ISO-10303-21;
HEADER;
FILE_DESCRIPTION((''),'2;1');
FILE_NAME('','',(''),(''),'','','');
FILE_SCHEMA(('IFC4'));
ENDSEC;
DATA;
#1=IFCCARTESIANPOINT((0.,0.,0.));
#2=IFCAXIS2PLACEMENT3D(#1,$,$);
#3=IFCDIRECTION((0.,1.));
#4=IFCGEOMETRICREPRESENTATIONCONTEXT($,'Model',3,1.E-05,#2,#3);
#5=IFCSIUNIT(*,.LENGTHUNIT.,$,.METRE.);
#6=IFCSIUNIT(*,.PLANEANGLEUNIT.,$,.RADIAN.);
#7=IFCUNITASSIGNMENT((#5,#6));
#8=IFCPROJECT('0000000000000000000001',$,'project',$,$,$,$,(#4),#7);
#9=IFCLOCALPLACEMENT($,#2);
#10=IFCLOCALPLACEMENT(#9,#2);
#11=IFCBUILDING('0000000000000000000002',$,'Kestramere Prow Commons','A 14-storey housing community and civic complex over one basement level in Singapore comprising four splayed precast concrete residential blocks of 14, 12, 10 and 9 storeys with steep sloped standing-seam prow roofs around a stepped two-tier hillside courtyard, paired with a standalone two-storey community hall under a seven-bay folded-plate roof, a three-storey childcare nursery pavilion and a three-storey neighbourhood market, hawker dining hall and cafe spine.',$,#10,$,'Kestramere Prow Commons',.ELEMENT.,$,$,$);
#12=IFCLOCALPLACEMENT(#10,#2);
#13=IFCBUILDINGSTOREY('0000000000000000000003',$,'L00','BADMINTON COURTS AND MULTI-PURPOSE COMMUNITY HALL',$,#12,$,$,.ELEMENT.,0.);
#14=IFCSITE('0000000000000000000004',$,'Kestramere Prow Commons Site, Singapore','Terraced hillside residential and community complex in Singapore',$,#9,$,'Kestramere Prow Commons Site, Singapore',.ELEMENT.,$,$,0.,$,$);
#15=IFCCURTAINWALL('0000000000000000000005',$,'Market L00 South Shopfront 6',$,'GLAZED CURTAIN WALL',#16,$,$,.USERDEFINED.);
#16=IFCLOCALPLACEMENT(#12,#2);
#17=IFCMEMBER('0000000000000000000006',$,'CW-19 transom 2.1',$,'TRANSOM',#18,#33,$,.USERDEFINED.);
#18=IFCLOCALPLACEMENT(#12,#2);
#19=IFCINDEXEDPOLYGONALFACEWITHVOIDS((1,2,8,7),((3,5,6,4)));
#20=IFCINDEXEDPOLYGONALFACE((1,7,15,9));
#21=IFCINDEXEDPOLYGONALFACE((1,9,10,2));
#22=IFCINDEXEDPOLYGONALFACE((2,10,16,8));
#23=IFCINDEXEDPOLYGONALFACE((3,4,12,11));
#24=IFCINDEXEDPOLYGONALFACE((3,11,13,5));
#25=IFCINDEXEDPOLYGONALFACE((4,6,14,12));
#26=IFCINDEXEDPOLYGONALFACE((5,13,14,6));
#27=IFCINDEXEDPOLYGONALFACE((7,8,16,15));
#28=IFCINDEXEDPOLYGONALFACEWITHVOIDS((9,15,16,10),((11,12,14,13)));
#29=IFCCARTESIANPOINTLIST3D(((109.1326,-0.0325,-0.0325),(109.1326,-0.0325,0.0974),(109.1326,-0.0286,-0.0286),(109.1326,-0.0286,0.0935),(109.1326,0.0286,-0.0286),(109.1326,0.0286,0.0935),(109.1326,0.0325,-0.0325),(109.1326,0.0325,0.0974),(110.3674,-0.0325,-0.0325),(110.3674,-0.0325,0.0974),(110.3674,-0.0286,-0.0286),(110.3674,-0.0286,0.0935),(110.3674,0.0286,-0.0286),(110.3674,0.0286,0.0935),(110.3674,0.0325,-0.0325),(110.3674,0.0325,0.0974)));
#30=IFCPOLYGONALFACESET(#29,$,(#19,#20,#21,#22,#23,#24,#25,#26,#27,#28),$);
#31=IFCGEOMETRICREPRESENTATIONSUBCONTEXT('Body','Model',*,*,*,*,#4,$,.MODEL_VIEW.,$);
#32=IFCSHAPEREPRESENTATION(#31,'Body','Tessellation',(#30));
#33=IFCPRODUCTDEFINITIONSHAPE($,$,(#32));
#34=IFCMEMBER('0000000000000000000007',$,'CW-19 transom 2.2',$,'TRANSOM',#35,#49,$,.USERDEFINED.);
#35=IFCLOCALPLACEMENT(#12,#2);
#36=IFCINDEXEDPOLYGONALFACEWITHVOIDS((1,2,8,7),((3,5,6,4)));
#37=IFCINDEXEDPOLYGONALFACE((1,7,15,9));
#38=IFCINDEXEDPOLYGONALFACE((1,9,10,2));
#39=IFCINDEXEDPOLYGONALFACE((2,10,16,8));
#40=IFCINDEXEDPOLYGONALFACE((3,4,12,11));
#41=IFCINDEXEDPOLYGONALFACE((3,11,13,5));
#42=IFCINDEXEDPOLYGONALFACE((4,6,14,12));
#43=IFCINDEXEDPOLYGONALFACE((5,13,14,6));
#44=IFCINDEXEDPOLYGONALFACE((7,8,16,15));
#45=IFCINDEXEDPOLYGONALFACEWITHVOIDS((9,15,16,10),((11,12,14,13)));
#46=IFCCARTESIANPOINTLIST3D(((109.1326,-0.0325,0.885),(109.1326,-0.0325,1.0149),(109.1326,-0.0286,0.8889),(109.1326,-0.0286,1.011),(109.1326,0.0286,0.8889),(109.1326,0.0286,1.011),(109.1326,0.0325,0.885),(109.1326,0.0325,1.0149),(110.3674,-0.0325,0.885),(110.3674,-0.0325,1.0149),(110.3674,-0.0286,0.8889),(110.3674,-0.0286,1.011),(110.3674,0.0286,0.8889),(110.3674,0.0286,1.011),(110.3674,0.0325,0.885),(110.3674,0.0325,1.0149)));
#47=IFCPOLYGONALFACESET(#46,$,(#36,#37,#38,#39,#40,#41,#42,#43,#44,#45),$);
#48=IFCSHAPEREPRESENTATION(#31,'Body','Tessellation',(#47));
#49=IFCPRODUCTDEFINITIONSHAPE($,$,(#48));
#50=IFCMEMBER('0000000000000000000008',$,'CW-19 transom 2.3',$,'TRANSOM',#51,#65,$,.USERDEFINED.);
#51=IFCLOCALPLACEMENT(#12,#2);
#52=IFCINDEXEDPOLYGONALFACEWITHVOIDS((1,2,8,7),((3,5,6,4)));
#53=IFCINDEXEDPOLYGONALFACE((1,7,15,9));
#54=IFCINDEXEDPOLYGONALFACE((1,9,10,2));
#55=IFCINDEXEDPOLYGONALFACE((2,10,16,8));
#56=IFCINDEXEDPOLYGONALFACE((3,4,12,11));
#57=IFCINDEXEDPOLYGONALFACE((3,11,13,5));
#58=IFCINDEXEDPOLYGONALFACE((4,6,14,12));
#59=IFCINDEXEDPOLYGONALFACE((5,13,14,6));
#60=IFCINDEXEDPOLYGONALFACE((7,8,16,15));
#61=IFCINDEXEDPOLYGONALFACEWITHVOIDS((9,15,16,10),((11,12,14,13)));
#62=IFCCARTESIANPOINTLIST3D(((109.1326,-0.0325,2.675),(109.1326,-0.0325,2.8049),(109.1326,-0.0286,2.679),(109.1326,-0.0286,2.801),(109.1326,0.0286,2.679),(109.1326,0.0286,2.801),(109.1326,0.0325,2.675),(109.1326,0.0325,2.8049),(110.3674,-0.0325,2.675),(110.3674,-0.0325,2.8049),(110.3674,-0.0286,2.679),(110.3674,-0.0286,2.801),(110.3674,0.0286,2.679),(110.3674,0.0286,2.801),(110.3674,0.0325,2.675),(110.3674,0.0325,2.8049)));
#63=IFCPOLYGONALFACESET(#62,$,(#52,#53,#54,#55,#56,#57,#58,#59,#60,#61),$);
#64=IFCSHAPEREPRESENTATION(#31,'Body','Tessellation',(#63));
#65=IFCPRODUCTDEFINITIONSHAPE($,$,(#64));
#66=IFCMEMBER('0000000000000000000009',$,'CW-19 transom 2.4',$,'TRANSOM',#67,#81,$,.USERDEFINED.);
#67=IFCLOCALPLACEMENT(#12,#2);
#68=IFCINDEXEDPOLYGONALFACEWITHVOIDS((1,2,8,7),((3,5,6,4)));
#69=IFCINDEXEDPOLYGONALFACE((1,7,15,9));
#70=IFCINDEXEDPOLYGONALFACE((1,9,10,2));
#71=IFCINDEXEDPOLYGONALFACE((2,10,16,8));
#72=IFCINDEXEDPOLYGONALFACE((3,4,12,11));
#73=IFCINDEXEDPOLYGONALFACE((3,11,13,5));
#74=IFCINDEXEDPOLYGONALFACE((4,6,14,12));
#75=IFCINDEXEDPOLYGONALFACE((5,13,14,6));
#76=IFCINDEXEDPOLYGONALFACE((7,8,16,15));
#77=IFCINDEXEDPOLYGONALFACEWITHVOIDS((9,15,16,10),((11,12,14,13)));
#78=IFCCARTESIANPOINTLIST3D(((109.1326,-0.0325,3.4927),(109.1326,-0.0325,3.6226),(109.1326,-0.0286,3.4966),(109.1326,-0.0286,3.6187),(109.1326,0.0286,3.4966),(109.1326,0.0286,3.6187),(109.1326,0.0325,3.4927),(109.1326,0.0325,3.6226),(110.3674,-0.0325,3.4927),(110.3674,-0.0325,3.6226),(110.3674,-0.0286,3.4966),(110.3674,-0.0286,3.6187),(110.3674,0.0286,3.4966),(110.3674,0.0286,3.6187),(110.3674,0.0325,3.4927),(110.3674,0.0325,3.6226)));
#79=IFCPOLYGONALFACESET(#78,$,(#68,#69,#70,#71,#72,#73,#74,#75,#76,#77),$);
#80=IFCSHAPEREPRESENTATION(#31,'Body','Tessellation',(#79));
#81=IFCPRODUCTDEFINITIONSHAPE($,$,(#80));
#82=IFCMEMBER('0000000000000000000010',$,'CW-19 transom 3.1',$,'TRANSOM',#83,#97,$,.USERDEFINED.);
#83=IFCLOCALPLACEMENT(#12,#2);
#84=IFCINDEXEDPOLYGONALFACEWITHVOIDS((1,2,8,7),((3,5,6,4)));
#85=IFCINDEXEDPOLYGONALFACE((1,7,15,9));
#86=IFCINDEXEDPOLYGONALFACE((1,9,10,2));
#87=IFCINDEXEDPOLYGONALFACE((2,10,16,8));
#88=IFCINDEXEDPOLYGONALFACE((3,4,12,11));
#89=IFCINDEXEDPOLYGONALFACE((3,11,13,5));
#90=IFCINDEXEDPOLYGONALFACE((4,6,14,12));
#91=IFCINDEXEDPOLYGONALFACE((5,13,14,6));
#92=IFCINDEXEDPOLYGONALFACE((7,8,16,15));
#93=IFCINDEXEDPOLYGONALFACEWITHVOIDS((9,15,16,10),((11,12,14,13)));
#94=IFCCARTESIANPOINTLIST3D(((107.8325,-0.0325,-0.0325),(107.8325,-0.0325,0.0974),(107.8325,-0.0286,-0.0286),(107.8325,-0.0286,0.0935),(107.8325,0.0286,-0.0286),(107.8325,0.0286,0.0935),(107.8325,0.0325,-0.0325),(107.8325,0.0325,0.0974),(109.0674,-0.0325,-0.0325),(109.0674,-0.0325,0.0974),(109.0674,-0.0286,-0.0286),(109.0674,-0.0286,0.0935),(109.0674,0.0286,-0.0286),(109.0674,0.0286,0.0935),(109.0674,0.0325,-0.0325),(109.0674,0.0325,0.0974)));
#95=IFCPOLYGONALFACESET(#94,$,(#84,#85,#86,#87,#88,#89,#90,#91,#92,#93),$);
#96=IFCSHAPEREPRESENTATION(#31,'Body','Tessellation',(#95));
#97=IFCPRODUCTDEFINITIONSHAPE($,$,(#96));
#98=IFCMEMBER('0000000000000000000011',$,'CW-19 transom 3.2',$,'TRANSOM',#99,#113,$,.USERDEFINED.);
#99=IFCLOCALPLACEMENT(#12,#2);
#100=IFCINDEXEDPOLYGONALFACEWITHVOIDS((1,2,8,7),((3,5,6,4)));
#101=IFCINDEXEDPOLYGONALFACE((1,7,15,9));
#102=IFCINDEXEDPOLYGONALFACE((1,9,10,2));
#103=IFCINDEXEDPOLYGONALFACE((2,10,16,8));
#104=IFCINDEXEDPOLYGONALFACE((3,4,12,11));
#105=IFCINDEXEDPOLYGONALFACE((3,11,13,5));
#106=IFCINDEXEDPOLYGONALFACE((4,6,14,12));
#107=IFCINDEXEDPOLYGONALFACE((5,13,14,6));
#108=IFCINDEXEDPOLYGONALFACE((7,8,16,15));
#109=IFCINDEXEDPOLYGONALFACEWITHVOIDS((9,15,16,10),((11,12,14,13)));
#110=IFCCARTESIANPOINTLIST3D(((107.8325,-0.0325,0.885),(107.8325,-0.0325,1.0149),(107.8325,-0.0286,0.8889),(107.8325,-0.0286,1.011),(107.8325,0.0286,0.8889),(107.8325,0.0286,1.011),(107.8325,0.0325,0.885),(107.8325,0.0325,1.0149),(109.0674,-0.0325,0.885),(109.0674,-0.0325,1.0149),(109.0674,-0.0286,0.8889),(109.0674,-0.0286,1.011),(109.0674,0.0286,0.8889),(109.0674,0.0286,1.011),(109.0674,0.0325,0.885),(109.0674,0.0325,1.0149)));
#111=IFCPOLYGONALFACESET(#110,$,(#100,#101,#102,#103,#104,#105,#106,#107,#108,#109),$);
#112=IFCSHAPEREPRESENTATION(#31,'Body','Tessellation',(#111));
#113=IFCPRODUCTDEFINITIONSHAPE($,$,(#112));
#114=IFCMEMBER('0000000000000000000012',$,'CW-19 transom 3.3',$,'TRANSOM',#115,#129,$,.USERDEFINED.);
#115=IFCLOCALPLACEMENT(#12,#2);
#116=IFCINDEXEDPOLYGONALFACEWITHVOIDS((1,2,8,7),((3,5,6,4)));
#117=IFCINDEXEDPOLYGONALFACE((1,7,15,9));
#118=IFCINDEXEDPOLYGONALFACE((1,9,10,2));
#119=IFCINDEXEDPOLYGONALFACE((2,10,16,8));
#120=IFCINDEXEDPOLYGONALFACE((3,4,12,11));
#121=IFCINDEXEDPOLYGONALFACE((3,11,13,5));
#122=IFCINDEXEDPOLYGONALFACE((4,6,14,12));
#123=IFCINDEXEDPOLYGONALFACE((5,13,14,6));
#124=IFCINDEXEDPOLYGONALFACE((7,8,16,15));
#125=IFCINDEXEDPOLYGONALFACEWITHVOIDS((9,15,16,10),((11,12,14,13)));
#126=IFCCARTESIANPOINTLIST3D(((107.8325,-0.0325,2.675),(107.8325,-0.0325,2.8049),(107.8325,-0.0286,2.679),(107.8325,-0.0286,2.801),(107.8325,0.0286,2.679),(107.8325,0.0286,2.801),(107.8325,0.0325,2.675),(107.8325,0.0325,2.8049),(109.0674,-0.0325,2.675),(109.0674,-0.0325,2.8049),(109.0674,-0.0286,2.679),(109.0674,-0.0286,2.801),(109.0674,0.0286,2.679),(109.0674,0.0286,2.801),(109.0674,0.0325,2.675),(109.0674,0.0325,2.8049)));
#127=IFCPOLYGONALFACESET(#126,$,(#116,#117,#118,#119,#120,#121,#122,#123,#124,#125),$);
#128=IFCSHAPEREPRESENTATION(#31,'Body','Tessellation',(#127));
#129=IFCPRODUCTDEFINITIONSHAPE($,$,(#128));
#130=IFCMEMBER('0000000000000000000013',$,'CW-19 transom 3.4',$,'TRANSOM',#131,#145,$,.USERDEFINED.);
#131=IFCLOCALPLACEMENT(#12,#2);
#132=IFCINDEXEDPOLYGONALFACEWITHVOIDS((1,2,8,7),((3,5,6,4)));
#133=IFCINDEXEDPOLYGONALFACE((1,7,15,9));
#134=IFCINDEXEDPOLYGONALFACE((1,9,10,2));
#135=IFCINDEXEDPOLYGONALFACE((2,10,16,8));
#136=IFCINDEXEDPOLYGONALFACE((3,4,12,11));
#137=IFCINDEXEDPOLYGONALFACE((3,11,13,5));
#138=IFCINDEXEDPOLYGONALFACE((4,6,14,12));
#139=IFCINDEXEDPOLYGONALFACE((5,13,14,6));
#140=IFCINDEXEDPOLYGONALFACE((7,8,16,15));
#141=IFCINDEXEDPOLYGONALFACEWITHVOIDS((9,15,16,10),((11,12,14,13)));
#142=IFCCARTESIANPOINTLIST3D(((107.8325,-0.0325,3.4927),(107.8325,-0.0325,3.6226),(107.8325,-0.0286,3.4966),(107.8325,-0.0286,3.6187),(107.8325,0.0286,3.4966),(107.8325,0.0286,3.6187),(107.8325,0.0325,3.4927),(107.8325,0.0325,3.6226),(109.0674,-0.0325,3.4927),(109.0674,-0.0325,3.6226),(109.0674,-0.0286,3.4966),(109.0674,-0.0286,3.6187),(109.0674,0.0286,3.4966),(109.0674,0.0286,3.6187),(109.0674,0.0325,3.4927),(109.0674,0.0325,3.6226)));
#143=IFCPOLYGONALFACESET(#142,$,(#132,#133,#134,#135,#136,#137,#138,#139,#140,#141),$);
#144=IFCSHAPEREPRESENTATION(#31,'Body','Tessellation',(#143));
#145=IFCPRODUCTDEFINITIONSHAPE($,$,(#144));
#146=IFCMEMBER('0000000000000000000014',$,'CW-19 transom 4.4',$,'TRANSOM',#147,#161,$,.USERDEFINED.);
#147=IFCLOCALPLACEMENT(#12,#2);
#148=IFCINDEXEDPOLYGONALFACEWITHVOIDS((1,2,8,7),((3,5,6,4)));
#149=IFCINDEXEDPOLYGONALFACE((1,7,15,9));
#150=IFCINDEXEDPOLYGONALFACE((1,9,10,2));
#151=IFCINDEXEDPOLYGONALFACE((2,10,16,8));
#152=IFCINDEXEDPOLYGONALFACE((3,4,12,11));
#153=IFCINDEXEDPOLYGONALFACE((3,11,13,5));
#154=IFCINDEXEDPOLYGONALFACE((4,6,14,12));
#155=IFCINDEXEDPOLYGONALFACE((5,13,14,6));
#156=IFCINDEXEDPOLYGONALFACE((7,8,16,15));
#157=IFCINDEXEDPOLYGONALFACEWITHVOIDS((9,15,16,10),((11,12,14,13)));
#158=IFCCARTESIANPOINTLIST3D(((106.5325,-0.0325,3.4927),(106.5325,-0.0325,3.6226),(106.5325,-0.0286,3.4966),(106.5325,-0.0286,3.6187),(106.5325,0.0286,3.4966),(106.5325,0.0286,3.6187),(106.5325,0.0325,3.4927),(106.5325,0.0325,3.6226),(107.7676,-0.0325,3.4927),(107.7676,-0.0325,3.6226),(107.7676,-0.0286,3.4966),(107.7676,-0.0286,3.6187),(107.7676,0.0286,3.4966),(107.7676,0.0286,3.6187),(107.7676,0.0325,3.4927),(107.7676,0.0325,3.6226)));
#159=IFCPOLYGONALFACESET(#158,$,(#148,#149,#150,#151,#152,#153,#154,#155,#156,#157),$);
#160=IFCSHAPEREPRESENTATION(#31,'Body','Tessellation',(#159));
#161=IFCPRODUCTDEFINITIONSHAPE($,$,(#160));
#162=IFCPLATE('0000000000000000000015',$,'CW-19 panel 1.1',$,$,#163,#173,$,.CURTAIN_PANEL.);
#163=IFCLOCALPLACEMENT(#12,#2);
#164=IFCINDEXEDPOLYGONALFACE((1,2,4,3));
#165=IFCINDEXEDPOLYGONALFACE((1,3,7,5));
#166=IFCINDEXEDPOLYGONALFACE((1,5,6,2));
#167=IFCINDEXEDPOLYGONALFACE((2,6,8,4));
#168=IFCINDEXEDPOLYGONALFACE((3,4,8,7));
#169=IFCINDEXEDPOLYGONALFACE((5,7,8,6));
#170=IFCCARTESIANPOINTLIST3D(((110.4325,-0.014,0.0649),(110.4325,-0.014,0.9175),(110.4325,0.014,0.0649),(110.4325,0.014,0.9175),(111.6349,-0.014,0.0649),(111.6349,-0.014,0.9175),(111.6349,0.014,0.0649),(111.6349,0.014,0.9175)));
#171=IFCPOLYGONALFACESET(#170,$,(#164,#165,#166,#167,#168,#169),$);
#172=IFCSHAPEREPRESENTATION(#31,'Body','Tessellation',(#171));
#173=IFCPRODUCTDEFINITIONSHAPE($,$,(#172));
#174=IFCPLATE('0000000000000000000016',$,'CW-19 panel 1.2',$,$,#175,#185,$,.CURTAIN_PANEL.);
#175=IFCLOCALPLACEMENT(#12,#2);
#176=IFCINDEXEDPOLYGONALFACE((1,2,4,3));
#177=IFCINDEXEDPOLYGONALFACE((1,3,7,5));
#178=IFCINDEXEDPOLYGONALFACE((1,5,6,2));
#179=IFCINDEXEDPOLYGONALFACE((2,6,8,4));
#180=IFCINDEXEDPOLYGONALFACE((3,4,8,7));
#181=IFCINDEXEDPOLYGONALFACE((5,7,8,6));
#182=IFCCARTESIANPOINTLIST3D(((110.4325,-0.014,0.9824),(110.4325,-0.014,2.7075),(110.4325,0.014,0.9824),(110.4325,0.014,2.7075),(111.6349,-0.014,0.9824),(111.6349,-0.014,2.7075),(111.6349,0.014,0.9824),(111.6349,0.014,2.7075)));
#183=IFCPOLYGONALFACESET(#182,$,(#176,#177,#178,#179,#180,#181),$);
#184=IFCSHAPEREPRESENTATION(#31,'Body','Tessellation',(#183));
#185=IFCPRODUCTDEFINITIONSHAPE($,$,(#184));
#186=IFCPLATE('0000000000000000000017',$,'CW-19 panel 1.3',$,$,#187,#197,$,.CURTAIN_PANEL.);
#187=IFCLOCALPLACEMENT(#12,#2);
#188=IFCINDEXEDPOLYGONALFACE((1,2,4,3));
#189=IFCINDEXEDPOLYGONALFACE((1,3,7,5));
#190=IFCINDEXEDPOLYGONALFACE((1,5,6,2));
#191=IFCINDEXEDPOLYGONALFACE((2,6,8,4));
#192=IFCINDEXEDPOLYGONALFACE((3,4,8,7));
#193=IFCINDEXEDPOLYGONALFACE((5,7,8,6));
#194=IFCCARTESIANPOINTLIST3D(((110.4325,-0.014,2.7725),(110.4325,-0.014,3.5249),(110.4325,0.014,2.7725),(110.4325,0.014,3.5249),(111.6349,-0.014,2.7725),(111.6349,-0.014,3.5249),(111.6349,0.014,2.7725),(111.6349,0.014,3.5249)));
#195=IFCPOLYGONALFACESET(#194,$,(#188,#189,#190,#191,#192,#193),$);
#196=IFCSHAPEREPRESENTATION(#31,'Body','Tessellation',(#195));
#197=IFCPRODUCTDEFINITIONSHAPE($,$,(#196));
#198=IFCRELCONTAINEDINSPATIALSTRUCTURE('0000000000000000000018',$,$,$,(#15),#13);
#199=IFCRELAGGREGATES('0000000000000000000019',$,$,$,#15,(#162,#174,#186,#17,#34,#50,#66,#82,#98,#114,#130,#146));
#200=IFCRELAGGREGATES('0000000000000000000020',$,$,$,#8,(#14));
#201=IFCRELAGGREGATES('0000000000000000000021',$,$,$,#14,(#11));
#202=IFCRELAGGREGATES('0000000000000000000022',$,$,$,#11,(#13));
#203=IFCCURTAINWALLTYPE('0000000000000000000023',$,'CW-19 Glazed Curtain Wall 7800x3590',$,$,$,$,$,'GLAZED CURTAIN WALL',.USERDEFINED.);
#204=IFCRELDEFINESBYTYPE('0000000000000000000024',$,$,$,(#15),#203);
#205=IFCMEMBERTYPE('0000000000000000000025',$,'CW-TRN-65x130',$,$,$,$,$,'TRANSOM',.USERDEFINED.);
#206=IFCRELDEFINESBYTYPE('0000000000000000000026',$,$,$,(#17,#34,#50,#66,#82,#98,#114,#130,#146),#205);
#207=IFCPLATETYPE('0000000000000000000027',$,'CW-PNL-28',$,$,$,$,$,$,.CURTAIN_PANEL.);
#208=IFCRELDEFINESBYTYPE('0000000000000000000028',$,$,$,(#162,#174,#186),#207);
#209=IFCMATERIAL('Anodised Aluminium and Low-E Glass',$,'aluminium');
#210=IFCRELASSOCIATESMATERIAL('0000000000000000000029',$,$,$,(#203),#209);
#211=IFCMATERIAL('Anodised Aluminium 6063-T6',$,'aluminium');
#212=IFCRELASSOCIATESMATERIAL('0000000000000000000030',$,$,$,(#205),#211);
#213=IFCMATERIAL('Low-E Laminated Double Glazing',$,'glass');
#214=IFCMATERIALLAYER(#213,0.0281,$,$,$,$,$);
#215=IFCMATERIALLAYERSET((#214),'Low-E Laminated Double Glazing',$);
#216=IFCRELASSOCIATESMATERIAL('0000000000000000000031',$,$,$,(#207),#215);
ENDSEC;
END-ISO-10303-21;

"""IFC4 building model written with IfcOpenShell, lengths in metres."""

from ifc_helpers import new_model, si_unit, direction, frame, origin, origin_2d, place, context, subcontext, project, spatial, rectangle, hollow_rectangle, extrude, material, layer, layer_set, material_profile, profile_set, type_object, element, aggregate, save


model = new_model("IFC4")

# Units and contexts
model_context = context("Model", 3, precision=1e-05, world=origin(), true_north=direction((0.0, 1.0)))
body_context = subcontext(model_context, "Body", "Model", "MODEL_VIEW")
ifc_project = project(units=[si_unit("LENGTHUNIT", "METRE"), si_unit("PLANEANGLEUNIT", "RADIAN")], contexts=[model_context])

# Site, building, storey
site_placement = place(None, origin())
site = spatial("IfcSite", under=ifc_project, at=site_placement, Name="Kestramere Prow Commons Site, Singapore", Description="Terraced hillside residential and community complex in Singapore", LongName="Kestramere Prow Commons Site, Singapore", CompositionType="ELEMENT", RefElevation=0.0)
building_placement = place(site_placement, origin())
building = spatial("IfcBuilding", under=site, at=building_placement, Name="Kestramere Prow Commons", Description="A 14-storey housing community and civic complex over one basement level in Singapore comprising four splayed precast concrete residential blocks of 14, 12, 10 and 9 storeys with steep sloped standing-seam prow roofs around a stepped two-tier hillside courtyard, paired with a standalone two-storey community hall under a seven-bay folded-plate roof, a three-storey childcare nursery pavilion and a three-storey neighbourhood market, hawker dining hall and cafe spine.", LongName="Kestramere Prow Commons", CompositionType="ELEMENT")
storey_placement = place(building_placement, origin())
storey = spatial("IfcBuildingStorey", under=building, at=storey_placement, Name="L00", Description="BADMINTON COURTS AND MULTI-PURPOSE COMMUNITY HALL", CompositionType="ELEMENT", Elevation=0.0)

# Curtain wall, members, plates
ifc_material_1 = material(Name="Anodised Aluminium and Low-E Glass", Category="aluminium")
curtain_wall_type = type_object("IfcCurtainWallType", Name="CW-19 Glazed Curtain Wall 7800x3590", ElementType="GLAZED CURTAIN WALL", PredefinedType="USERDEFINED", material=ifc_material_1)
curtain_wall_placement = place(storey_placement, origin())
curtain_wall = element("IfcCurtainWall", 1, at=curtain_wall_placement, inside=storey, type_object=curtain_wall_type, Name="Market L00 South Shopfront 6", ObjectType="GLAZED CURTAIN WALL", PredefinedType="USERDEFINED")
ifc_material_2 = material(Name="Anodised Aluminium 6063-T6", Category="aluminium")
ifc_material_profile_1 = material_profile(ifc_material_2, hollow_rectangle(XDim=0.0649, YDim=0.1299, WallThickness=0.0039, at=origin_2d()), Name="ALU-TRN 65x130")
ifc_profile_set_1 = profile_set([ifc_material_profile_1], Name="Anodised Aluminium 6063-T6")
member_type_1 = type_object("IfcMemberType", Name="CW-TRN-65x130", ElementType="TRANSOM", PredefinedType="USERDEFINED", material=ifc_profile_set_1)
member_1_placement = place(storey_placement, frame((110.3674, 0.0, 0.0325), z_axis=(-1.0, 0.0, 0.0), x_axis=(0.0, -1.0, 0.0)))
member_1 = element("IfcMember", 2, at=member_1_placement, type_object=member_type_1, Name="CW-19 transom 2.1", ObjectType="TRANSOM", PredefinedType="USERDEFINED", context=body_context, shape_type="SweptSolid", body=[
    extrude(hollow_rectangle(XDim=0.0649, YDim=0.1299, WallThickness=0.0039, at=origin_2d()), origin(), (0.0, 0.0, 1.0), 1.2349),
])
member_2_placement = place(storey_placement, frame((110.3674, 0.0, 0.95), z_axis=(-1.0, 0.0, 0.0), x_axis=(0.0, -1.0, 0.0)))
member_2 = element("IfcMember", 3, at=member_2_placement, type_object=member_type_1, Name="CW-19 transom 2.2", ObjectType="TRANSOM", PredefinedType="USERDEFINED", context=body_context, shape_type="SweptSolid", body=[
    extrude(hollow_rectangle(XDim=0.0649, YDim=0.1299, WallThickness=0.0039, at=origin_2d()), origin(), (0.0, 0.0, 1.0), 1.2349),
])
member_3_placement = place(storey_placement, frame((110.3674, 0.0, 2.74), z_axis=(-1.0, 0.0, 0.0), x_axis=(0.0, -1.0, 0.0)))
member_3 = element("IfcMember", 4, at=member_3_placement, type_object=member_type_1, Name="CW-19 transom 2.3", ObjectType="TRANSOM", PredefinedType="USERDEFINED", context=body_context, shape_type="SweptSolid", body=[
    extrude(hollow_rectangle(XDim=0.0649, YDim=0.1299, WallThickness=0.0039, at=origin_2d()), origin(), (0.0, 0.0, 1.0), 1.2349),
])
member_4_placement = place(storey_placement, frame((110.3674, 0.0, 3.5576), z_axis=(-1.0, 0.0, 0.0), x_axis=(0.0, -1.0, 0.0)))
member_4 = element("IfcMember", 5, at=member_4_placement, type_object=member_type_1, Name="CW-19 transom 2.4", ObjectType="TRANSOM", PredefinedType="USERDEFINED", context=body_context, shape_type="SweptSolid", body=[
    extrude(hollow_rectangle(XDim=0.0649, YDim=0.1299, WallThickness=0.0039, at=origin_2d()), origin(), (0.0, 0.0, 1.0), 1.2349),
])
member_5_placement = place(storey_placement, frame((109.0674, 0.0, 0.0325), z_axis=(-1.0, 0.0, 0.0), x_axis=(0.0, -1.0, 0.0)))
member_5 = element("IfcMember", 6, at=member_5_placement, type_object=member_type_1, Name="CW-19 transom 3.1", ObjectType="TRANSOM", PredefinedType="USERDEFINED", context=body_context, shape_type="SweptSolid", body=[
    extrude(hollow_rectangle(XDim=0.0649, YDim=0.1299, WallThickness=0.0039, at=origin_2d()), origin(), (0.0, 0.0, 1.0), 1.2349),
])
member_6_placement = place(storey_placement, frame((109.0674, 0.0, 0.95), z_axis=(-1.0, 0.0, 0.0), x_axis=(0.0, -1.0, 0.0)))
member_6 = element("IfcMember", 7, at=member_6_placement, type_object=member_type_1, Name="CW-19 transom 3.2", ObjectType="TRANSOM", PredefinedType="USERDEFINED", context=body_context, shape_type="SweptSolid", body=[
    extrude(hollow_rectangle(XDim=0.0649, YDim=0.1299, WallThickness=0.0039, at=origin_2d()), origin(), (0.0, 0.0, 1.0), 1.2349),
])
member_7_placement = place(storey_placement, frame((109.0674, 0.0, 2.74), z_axis=(-1.0, 0.0, 0.0), x_axis=(0.0, -1.0, 0.0)))
member_7 = element("IfcMember", 8, at=member_7_placement, type_object=member_type_1, Name="CW-19 transom 3.3", ObjectType="TRANSOM", PredefinedType="USERDEFINED", context=body_context, shape_type="SweptSolid", body=[
    extrude(hollow_rectangle(XDim=0.0649, YDim=0.1299, WallThickness=0.0039, at=origin_2d()), origin(), (0.0, 0.0, 1.0), 1.2349),
])
member_8_placement = place(storey_placement, frame((109.0674, 0.0, 3.5576), z_axis=(-1.0, 0.0, 0.0), x_axis=(0.0, -1.0, 0.0)))
member_8 = element("IfcMember", 9, at=member_8_placement, type_object=member_type_1, Name="CW-19 transom 3.4", ObjectType="TRANSOM", PredefinedType="USERDEFINED", context=body_context, shape_type="SweptSolid", body=[
    extrude(hollow_rectangle(XDim=0.0649, YDim=0.1299, WallThickness=0.0039, at=origin_2d()), origin(), (0.0, 0.0, 1.0), 1.2349),
])
member_9_placement = place(storey_placement, frame((107.7676, 0.0, 3.5576), z_axis=(-1.0, 0.0, 0.0), x_axis=(0.0, -1.0, 0.0)))
member_9 = element("IfcMember", 10, at=member_9_placement, type_object=member_type_1, Name="CW-19 transom 4.4", ObjectType="TRANSOM", PredefinedType="USERDEFINED", context=body_context, shape_type="SweptSolid", body=[
    extrude(hollow_rectangle(XDim=0.0649, YDim=0.1299, WallThickness=0.0039, at=origin_2d()), origin(), (0.0, 0.0, 1.0), 1.2351),
])
ifc_material_3 = material(Name="Low-E Laminated Double Glazing", Category="glass")
ifc_layer_1 = layer(ifc_material_3, 0.0281)
ifc_layer_set_1 = layer_set([ifc_layer_1], Name="Low-E Laminated Double Glazing")
plate_type = type_object("IfcPlateType", Name="CW-PNL-28", PredefinedType="CURTAIN_PANEL", material=ifc_layer_set_1)
plate_1_placement = place(storey_placement, frame((111.0337, 0.0, 0.0649), z_axis=(0.0, 0.0, 1.0), x_axis=(-1.0, 0.0, 0.0)))
plate_1 = element("IfcPlate", 11, at=plate_1_placement, type_object=plate_type, Name="CW-19 panel 1.1", PredefinedType="CURTAIN_PANEL", context=body_context, shape_type="SweptSolid", body=[
    extrude(rectangle(XDim=1.2024, YDim=0.0281, at=origin_2d()), origin(), (0.0, 0.0, 1.0), 0.8525),
])
plate_2_placement = place(storey_placement, frame((111.0337, 0.0, 0.9824), z_axis=(0.0, 0.0, 1.0), x_axis=(-1.0, 0.0, 0.0)))
plate_2 = element("IfcPlate", 12, at=plate_2_placement, type_object=plate_type, Name="CW-19 panel 1.2", PredefinedType="CURTAIN_PANEL", context=body_context, shape_type="SweptSolid", body=[
    extrude(rectangle(XDim=1.2024, YDim=0.0281, at=origin_2d()), origin(), (0.0, 0.0, 1.0), 1.7251),
])
plate_3_placement = place(storey_placement, frame((111.0337, 0.0, 2.7725), z_axis=(0.0, 0.0, 1.0), x_axis=(-1.0, 0.0, 0.0)))
plate_3 = element("IfcPlate", 13, at=plate_3_placement, type_object=plate_type, Name="CW-19 panel 1.3", PredefinedType="CURTAIN_PANEL", context=body_context, shape_type="SweptSolid", body=[
    extrude(rectangle(XDim=1.2024, YDim=0.0281, at=origin_2d()), origin(), (0.0, 0.0, 1.0), 0.7524),
])
aggregate(curtain_wall, [plate_1, plate_2, plate_3, member_1, member_2, member_3, member_4, member_5, member_6, member_7, member_8, member_9])

save(model, "model.ifc")
